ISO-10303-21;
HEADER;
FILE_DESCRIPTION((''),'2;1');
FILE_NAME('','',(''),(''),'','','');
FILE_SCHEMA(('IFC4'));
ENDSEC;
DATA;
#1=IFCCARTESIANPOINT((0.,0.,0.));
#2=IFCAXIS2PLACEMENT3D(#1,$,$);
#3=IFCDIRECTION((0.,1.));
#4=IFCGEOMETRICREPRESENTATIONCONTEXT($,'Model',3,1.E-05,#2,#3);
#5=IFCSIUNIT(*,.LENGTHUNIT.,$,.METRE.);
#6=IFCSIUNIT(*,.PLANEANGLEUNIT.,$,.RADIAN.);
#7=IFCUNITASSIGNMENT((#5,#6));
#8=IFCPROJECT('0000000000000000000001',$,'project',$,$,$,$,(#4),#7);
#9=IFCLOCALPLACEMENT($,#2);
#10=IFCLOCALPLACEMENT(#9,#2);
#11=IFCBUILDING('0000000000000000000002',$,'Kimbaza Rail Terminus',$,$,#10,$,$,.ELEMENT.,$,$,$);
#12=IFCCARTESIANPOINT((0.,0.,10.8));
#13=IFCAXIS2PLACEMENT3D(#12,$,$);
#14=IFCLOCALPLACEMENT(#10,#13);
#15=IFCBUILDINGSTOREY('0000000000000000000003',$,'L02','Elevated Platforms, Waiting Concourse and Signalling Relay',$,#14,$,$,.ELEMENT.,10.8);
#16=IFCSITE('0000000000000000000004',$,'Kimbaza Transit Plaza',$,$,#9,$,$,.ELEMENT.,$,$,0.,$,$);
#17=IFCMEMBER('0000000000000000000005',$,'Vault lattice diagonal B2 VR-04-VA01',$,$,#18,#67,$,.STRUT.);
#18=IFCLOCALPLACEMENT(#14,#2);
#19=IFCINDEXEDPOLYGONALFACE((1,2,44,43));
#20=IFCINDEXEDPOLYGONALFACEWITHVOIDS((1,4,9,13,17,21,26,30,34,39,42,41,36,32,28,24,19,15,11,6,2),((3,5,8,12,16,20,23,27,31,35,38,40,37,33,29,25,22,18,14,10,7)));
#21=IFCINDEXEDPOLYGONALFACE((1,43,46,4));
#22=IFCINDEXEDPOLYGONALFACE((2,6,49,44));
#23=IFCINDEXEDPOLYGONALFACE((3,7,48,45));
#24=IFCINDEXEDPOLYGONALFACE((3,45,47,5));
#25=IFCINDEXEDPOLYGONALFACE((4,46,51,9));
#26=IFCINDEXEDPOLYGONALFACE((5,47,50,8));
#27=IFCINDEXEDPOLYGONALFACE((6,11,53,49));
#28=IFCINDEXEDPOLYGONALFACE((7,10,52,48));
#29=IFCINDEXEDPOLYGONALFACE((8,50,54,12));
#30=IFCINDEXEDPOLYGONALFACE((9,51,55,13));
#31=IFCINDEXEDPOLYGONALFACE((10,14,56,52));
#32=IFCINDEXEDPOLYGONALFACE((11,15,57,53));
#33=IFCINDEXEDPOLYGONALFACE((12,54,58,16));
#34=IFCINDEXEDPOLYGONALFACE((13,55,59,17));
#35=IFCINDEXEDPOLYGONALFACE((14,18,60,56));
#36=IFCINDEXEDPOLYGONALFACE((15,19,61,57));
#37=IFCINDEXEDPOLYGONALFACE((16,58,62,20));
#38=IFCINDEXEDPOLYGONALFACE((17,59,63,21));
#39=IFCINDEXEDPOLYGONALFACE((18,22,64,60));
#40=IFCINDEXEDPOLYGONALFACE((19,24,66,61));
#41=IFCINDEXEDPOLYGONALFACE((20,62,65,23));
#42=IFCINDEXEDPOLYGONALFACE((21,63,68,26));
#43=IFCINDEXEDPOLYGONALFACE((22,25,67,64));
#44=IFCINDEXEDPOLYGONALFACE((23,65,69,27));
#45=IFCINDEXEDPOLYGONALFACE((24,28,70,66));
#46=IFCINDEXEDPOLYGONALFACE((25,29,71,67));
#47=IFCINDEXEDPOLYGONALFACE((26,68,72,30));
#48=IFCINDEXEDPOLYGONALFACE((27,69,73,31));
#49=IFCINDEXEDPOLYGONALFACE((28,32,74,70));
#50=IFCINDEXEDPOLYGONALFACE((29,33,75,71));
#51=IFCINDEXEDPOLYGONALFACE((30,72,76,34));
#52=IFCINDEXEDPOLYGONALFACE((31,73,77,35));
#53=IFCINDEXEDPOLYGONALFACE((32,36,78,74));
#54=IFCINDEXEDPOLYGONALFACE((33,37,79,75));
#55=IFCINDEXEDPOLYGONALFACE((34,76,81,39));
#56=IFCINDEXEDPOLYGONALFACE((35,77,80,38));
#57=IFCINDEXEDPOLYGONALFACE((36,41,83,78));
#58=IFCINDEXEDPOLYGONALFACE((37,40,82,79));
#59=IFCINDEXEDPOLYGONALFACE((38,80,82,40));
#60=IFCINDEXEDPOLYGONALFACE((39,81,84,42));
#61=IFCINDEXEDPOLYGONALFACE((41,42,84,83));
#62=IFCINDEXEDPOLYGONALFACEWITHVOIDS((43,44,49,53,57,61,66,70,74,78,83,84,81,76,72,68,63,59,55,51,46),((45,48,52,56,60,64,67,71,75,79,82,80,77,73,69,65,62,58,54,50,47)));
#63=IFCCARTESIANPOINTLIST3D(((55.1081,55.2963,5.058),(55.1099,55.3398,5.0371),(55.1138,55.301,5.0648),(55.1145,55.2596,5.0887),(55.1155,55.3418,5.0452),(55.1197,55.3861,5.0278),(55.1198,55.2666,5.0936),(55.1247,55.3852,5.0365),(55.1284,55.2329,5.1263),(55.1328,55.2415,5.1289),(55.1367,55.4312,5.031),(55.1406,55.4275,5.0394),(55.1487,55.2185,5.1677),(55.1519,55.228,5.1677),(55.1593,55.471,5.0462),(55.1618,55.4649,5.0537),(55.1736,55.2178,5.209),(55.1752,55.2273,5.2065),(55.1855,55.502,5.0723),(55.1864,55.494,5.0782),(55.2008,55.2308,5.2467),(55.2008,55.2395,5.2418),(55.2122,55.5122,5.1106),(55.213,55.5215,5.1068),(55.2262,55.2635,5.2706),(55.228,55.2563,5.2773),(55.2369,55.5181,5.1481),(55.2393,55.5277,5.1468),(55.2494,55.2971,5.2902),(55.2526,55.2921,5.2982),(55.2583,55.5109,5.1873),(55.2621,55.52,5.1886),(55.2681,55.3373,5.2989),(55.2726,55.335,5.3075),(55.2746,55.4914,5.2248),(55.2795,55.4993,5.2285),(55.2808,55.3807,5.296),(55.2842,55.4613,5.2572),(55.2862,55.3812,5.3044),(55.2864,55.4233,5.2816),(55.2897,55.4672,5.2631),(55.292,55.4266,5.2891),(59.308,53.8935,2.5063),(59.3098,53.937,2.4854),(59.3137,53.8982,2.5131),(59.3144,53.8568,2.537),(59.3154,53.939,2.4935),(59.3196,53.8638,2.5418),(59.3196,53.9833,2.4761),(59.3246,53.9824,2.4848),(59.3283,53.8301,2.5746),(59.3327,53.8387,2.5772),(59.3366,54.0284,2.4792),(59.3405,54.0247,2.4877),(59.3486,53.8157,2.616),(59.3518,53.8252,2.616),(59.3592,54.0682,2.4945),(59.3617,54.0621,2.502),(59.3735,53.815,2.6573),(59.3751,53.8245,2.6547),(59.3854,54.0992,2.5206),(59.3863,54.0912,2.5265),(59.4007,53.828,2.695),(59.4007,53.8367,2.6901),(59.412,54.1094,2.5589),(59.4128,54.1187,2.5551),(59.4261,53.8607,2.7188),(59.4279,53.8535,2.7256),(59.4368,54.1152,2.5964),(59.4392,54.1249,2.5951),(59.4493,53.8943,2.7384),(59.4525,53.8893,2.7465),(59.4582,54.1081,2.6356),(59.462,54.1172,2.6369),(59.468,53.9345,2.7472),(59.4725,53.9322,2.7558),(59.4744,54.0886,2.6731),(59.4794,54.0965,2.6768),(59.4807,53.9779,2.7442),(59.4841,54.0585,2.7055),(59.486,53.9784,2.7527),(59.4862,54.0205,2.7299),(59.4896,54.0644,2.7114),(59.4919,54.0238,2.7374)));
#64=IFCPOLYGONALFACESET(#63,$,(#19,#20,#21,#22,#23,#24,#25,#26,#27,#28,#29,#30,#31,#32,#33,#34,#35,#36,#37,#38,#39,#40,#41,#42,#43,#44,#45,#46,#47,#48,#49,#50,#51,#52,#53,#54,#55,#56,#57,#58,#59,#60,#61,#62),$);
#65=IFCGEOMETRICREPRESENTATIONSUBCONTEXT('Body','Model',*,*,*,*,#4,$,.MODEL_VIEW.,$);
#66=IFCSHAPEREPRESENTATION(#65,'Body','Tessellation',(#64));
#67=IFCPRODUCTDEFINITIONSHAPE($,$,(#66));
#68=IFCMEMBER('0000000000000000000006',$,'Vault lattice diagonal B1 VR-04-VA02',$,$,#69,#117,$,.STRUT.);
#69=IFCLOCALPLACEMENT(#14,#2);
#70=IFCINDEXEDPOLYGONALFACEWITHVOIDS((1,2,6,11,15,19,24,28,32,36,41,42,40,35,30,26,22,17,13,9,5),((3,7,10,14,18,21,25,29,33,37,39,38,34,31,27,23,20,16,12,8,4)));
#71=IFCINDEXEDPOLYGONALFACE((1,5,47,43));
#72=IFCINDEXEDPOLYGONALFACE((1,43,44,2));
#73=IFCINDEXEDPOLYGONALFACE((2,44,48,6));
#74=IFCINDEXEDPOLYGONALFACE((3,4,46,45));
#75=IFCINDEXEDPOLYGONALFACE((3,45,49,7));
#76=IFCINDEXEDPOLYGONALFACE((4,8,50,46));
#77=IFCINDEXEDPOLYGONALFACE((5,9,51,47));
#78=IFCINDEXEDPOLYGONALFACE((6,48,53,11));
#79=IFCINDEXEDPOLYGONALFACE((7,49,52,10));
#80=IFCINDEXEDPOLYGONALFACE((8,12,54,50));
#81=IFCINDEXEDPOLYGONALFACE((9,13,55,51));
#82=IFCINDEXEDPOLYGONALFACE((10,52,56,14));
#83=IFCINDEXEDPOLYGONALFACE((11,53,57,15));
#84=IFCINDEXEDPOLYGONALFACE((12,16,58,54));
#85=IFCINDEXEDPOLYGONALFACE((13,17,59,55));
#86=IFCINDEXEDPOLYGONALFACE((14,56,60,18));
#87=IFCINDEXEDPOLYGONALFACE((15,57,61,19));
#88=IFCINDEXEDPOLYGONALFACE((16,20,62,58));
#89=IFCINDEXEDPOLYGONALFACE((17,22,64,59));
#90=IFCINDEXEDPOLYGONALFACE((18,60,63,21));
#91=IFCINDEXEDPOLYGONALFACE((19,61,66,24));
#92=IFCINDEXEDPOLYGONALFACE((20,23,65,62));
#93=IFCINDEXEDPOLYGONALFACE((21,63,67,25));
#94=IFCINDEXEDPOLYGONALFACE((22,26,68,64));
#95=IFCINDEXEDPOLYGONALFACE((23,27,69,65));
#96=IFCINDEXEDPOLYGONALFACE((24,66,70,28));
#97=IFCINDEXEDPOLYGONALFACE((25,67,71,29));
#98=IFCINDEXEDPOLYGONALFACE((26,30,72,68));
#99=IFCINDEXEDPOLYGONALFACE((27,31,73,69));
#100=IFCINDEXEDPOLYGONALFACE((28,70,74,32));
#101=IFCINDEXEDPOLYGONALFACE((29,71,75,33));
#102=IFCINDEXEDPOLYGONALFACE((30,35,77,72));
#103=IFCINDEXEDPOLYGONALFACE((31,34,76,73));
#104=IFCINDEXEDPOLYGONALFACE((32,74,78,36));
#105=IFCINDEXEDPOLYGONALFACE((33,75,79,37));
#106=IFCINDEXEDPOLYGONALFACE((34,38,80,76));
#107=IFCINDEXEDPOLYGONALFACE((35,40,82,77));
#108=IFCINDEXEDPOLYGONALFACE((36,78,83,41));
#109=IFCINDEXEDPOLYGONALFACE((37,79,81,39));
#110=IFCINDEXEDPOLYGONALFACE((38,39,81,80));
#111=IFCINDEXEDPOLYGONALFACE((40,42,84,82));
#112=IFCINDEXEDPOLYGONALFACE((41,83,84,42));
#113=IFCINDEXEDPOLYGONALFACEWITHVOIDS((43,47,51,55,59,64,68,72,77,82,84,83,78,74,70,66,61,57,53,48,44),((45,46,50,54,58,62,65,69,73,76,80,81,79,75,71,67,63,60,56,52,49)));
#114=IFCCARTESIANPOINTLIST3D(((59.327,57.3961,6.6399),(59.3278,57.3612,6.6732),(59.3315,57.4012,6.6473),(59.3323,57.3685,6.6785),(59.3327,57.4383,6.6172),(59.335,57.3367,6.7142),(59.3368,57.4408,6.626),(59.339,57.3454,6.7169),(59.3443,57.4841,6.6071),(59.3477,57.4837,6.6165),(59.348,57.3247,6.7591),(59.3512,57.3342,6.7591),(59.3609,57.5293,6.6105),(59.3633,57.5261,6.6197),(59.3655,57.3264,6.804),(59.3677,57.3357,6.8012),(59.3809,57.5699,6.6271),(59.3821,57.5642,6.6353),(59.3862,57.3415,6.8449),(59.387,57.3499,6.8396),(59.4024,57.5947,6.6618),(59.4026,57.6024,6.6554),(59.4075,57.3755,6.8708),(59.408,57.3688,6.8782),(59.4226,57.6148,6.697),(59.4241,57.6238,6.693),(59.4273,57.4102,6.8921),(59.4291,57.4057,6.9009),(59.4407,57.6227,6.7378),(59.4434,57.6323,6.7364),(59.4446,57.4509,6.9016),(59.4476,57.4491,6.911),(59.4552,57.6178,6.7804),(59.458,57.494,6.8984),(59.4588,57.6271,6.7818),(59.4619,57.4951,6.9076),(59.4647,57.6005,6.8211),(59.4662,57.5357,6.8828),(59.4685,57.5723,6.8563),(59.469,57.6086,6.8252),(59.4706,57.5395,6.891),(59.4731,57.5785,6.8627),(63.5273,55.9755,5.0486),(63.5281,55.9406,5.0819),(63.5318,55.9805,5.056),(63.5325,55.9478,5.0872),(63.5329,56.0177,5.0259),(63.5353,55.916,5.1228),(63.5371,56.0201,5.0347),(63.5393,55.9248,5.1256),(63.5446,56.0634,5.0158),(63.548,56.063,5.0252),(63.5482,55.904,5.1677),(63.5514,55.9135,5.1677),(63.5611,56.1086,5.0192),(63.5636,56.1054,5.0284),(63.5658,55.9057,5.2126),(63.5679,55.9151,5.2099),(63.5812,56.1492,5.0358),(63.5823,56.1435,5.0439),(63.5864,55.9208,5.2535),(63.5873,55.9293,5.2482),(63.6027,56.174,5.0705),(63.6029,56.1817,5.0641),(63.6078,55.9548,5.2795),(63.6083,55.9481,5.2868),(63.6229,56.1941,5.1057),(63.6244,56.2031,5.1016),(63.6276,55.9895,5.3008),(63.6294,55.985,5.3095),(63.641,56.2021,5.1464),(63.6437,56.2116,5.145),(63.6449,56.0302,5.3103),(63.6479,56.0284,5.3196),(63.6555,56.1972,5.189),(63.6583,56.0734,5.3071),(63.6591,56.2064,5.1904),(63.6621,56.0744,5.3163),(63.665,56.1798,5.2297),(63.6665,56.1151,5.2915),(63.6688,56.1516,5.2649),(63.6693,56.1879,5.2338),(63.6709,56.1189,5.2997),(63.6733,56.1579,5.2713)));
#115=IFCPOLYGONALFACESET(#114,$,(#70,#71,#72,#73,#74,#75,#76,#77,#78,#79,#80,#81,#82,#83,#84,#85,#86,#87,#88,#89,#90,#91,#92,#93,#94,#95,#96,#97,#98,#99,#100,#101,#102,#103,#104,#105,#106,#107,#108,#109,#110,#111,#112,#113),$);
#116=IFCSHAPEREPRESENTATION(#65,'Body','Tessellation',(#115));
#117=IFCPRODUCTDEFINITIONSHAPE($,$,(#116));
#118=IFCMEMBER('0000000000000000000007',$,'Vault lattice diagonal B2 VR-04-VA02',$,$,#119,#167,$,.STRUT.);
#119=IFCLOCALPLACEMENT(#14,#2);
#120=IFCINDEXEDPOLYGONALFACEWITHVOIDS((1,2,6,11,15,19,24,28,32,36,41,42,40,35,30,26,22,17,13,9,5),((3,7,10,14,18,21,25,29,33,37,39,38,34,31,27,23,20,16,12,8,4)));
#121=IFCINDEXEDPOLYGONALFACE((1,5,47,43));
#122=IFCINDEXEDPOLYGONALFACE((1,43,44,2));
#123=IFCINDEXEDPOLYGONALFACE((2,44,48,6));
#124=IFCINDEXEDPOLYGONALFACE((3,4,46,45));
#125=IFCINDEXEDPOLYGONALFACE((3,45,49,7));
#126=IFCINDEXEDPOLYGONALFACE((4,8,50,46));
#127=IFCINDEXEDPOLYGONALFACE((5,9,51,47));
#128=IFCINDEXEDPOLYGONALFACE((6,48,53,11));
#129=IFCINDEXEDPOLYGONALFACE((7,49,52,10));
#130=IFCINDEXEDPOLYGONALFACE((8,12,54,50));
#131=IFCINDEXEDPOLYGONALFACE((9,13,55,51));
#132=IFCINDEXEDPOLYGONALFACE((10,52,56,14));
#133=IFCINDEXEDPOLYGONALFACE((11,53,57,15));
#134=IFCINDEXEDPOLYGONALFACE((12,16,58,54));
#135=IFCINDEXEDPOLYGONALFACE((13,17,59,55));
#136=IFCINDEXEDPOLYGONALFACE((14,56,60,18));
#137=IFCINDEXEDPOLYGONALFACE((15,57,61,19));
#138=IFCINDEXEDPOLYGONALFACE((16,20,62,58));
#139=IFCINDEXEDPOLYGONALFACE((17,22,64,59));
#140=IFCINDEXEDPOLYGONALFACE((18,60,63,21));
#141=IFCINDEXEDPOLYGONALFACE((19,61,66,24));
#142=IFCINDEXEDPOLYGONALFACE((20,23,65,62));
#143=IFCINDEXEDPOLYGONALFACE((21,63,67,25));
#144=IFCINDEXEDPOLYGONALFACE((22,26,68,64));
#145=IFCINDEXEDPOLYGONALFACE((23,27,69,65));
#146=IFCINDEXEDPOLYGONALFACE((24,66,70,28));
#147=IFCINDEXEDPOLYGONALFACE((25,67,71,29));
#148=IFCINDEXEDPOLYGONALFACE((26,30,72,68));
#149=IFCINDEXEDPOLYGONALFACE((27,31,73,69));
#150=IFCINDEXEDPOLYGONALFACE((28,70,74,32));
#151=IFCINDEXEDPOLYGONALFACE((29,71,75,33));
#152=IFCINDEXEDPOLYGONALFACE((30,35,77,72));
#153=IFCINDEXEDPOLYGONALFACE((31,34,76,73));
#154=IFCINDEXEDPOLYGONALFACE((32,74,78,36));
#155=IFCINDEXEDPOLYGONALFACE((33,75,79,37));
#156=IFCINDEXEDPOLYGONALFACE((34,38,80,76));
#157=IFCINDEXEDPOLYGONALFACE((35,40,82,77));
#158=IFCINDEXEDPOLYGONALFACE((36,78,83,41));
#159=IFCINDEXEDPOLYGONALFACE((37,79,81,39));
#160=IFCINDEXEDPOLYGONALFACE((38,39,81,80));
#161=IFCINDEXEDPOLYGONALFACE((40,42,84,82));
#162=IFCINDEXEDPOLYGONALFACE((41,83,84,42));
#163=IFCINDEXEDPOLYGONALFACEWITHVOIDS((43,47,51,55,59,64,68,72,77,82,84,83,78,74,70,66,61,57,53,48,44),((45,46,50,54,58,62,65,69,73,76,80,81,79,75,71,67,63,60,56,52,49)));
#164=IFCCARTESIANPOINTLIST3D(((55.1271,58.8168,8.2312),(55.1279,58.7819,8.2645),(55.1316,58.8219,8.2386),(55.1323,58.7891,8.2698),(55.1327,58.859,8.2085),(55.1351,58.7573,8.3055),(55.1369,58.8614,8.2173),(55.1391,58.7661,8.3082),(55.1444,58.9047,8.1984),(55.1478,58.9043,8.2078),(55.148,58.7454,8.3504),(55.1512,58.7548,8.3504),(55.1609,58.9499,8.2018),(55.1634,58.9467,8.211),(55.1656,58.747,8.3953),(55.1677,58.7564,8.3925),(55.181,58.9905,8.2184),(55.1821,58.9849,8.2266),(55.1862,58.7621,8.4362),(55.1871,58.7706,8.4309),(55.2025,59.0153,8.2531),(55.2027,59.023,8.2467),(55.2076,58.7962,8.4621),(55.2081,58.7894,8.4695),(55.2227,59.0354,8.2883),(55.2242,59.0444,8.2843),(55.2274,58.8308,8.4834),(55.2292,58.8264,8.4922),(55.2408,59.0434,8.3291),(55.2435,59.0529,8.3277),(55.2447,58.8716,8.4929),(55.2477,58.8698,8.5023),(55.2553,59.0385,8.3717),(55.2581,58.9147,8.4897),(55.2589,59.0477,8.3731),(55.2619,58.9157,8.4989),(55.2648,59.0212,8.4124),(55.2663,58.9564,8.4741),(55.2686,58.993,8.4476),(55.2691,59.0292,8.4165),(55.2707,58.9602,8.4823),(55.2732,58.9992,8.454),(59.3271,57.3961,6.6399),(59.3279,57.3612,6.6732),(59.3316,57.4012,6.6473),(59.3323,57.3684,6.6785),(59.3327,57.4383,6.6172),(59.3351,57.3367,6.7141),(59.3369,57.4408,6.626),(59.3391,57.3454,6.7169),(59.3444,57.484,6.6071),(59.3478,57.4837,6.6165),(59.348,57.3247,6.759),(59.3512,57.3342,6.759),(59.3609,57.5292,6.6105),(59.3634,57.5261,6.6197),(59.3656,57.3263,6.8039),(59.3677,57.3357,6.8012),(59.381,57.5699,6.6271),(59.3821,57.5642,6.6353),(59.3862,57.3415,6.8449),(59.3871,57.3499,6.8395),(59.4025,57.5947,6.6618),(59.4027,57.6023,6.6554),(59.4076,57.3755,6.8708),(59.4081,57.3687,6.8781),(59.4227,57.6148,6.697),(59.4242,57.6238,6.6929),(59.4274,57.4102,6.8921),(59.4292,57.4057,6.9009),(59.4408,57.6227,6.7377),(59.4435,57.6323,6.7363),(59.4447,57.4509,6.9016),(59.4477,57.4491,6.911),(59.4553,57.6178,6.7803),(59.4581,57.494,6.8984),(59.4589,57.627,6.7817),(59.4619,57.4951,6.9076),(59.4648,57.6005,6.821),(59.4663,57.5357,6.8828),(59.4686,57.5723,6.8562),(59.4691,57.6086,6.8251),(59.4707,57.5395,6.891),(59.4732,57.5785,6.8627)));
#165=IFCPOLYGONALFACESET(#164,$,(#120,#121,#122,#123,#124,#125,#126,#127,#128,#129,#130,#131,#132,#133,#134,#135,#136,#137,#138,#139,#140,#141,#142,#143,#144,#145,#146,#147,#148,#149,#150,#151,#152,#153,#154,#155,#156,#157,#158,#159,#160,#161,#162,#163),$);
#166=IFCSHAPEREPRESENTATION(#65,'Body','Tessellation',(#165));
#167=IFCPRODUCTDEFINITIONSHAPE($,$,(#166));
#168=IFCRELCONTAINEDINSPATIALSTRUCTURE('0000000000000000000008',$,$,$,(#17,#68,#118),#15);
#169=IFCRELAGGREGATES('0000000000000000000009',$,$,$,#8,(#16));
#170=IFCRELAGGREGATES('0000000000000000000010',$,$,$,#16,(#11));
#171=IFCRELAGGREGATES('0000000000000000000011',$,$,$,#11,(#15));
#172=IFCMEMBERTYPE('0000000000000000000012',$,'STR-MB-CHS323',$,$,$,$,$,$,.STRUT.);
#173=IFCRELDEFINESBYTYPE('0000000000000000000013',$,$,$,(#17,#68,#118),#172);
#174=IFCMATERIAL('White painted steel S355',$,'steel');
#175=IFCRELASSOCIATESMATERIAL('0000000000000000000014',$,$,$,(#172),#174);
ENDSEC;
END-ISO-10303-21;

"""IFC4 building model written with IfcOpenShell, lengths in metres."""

from ifc_helpers import new_model, si_unit, direction, frame, origin, origin_2d, place, context, subcontext, project, spatial, hollow_circle, extrude, material, material_profile, profile_set, type_object, element, save


model = new_model("IFC4")

# Units and contexts
model_context = context("Model", 3, precision=1e-05, world=origin(), true_north=direction((0.0, 1.0)))
body_context = subcontext(model_context, "Body", "Model", "MODEL_VIEW")
ifc_project = project(units=[si_unit("LENGTHUNIT", "METRE"), si_unit("PLANEANGLEUNIT", "RADIAN")], contexts=[model_context])

# Site, building, storey
site_placement = place(None, origin())
site = spatial("IfcSite", under=ifc_project, at=site_placement, Name="Kimbaza Transit Plaza", CompositionType="ELEMENT", RefElevation=0.0)
building_placement = place(site_placement, origin())
building = spatial("IfcBuilding", under=site, at=building_placement, Name="Kimbaza Rail Terminus", CompositionType="ELEMENT")
storey_placement = place(building_placement, frame((0.0, 0.0, 10.8)))
storey = spatial("IfcBuildingStorey", under=building, at=storey_placement, Name="L02", Description="Elevated Platforms, Waiting Concourse and Signalling Relay", CompositionType="ELEMENT", Elevation=10.8)

# Members
ifc_material_1 = material(Name="White painted steel S355", Category="steel")
ifc_material_profile_1 = material_profile(ifc_material_1, hollow_circle(Radius=0.1619, WallThickness=0.01, at=origin_2d()), Name="CHS 323.9x10")
ifc_profile_set_1 = profile_set([ifc_material_profile_1], Name="White painted steel S355")
member_type_1 = type_object("IfcMemberType", Name="STR-MB-CHS323", PredefinedType="STRUT", material=ifc_profile_set_1)
member_1_placement = place(storey_placement, frame((59.3999, 53.9692, 2.616), z_axis=(-0.8218, 0.274491, 0.4993), x_axis=(-0.316807, -0.94849, 0.0)))
element("IfcMember", 1, at=member_1_placement, inside=storey, type_object=member_type_1, Name="Vault lattice diagonal B2 VR-04-VA01", PredefinedType="STRUT", context=body_context, shape_type="SweptSolid", body=[
    extrude(hollow_circle(Radius=0.1619, WallThickness=0.01, at=origin_2d()), origin(), (0.0, 0.0, 1.0), 5.1106),
])
member_2_placement = place(storey_placement, frame((63.6001, 56.0574, 5.1677), z_axis=(-0.891599, 0.30157, 0.337796), x_axis=(-0.320404, -0.947281, 0.0)))
element("IfcMember", 2, at=member_2_placement, inside=storey, type_object=member_type_1, Name="Vault lattice diagonal B1 VR-04-VA02", PredefinedType="STRUT", context=body_context, shape_type="SweptSolid", body=[
    extrude(hollow_circle(Radius=0.1619, WallThickness=0.01, at=origin_2d()), origin(), (0.0, 0.0, 1.0), 4.7109),
])
member_3_placement = place(storey_placement, frame((59.3999, 57.478, 6.759), z_axis=(-0.891589, 0.301584, 0.337812), x_axis=(-0.320421, -0.947275, 0.0)))
element("IfcMember", 3, at=member_3_placement, inside=storey, type_object=member_type_1, Name="Vault lattice diagonal B2 VR-04-VA02", PredefinedType="STRUT", context=body_context, shape_type="SweptSolid", body=[
    extrude(hollow_circle(Radius=0.1619, WallThickness=0.01, at=origin_2d()), origin(), (0.0, 0.0, 1.0), 4.7107),
])

save(model, "model.ifc")
